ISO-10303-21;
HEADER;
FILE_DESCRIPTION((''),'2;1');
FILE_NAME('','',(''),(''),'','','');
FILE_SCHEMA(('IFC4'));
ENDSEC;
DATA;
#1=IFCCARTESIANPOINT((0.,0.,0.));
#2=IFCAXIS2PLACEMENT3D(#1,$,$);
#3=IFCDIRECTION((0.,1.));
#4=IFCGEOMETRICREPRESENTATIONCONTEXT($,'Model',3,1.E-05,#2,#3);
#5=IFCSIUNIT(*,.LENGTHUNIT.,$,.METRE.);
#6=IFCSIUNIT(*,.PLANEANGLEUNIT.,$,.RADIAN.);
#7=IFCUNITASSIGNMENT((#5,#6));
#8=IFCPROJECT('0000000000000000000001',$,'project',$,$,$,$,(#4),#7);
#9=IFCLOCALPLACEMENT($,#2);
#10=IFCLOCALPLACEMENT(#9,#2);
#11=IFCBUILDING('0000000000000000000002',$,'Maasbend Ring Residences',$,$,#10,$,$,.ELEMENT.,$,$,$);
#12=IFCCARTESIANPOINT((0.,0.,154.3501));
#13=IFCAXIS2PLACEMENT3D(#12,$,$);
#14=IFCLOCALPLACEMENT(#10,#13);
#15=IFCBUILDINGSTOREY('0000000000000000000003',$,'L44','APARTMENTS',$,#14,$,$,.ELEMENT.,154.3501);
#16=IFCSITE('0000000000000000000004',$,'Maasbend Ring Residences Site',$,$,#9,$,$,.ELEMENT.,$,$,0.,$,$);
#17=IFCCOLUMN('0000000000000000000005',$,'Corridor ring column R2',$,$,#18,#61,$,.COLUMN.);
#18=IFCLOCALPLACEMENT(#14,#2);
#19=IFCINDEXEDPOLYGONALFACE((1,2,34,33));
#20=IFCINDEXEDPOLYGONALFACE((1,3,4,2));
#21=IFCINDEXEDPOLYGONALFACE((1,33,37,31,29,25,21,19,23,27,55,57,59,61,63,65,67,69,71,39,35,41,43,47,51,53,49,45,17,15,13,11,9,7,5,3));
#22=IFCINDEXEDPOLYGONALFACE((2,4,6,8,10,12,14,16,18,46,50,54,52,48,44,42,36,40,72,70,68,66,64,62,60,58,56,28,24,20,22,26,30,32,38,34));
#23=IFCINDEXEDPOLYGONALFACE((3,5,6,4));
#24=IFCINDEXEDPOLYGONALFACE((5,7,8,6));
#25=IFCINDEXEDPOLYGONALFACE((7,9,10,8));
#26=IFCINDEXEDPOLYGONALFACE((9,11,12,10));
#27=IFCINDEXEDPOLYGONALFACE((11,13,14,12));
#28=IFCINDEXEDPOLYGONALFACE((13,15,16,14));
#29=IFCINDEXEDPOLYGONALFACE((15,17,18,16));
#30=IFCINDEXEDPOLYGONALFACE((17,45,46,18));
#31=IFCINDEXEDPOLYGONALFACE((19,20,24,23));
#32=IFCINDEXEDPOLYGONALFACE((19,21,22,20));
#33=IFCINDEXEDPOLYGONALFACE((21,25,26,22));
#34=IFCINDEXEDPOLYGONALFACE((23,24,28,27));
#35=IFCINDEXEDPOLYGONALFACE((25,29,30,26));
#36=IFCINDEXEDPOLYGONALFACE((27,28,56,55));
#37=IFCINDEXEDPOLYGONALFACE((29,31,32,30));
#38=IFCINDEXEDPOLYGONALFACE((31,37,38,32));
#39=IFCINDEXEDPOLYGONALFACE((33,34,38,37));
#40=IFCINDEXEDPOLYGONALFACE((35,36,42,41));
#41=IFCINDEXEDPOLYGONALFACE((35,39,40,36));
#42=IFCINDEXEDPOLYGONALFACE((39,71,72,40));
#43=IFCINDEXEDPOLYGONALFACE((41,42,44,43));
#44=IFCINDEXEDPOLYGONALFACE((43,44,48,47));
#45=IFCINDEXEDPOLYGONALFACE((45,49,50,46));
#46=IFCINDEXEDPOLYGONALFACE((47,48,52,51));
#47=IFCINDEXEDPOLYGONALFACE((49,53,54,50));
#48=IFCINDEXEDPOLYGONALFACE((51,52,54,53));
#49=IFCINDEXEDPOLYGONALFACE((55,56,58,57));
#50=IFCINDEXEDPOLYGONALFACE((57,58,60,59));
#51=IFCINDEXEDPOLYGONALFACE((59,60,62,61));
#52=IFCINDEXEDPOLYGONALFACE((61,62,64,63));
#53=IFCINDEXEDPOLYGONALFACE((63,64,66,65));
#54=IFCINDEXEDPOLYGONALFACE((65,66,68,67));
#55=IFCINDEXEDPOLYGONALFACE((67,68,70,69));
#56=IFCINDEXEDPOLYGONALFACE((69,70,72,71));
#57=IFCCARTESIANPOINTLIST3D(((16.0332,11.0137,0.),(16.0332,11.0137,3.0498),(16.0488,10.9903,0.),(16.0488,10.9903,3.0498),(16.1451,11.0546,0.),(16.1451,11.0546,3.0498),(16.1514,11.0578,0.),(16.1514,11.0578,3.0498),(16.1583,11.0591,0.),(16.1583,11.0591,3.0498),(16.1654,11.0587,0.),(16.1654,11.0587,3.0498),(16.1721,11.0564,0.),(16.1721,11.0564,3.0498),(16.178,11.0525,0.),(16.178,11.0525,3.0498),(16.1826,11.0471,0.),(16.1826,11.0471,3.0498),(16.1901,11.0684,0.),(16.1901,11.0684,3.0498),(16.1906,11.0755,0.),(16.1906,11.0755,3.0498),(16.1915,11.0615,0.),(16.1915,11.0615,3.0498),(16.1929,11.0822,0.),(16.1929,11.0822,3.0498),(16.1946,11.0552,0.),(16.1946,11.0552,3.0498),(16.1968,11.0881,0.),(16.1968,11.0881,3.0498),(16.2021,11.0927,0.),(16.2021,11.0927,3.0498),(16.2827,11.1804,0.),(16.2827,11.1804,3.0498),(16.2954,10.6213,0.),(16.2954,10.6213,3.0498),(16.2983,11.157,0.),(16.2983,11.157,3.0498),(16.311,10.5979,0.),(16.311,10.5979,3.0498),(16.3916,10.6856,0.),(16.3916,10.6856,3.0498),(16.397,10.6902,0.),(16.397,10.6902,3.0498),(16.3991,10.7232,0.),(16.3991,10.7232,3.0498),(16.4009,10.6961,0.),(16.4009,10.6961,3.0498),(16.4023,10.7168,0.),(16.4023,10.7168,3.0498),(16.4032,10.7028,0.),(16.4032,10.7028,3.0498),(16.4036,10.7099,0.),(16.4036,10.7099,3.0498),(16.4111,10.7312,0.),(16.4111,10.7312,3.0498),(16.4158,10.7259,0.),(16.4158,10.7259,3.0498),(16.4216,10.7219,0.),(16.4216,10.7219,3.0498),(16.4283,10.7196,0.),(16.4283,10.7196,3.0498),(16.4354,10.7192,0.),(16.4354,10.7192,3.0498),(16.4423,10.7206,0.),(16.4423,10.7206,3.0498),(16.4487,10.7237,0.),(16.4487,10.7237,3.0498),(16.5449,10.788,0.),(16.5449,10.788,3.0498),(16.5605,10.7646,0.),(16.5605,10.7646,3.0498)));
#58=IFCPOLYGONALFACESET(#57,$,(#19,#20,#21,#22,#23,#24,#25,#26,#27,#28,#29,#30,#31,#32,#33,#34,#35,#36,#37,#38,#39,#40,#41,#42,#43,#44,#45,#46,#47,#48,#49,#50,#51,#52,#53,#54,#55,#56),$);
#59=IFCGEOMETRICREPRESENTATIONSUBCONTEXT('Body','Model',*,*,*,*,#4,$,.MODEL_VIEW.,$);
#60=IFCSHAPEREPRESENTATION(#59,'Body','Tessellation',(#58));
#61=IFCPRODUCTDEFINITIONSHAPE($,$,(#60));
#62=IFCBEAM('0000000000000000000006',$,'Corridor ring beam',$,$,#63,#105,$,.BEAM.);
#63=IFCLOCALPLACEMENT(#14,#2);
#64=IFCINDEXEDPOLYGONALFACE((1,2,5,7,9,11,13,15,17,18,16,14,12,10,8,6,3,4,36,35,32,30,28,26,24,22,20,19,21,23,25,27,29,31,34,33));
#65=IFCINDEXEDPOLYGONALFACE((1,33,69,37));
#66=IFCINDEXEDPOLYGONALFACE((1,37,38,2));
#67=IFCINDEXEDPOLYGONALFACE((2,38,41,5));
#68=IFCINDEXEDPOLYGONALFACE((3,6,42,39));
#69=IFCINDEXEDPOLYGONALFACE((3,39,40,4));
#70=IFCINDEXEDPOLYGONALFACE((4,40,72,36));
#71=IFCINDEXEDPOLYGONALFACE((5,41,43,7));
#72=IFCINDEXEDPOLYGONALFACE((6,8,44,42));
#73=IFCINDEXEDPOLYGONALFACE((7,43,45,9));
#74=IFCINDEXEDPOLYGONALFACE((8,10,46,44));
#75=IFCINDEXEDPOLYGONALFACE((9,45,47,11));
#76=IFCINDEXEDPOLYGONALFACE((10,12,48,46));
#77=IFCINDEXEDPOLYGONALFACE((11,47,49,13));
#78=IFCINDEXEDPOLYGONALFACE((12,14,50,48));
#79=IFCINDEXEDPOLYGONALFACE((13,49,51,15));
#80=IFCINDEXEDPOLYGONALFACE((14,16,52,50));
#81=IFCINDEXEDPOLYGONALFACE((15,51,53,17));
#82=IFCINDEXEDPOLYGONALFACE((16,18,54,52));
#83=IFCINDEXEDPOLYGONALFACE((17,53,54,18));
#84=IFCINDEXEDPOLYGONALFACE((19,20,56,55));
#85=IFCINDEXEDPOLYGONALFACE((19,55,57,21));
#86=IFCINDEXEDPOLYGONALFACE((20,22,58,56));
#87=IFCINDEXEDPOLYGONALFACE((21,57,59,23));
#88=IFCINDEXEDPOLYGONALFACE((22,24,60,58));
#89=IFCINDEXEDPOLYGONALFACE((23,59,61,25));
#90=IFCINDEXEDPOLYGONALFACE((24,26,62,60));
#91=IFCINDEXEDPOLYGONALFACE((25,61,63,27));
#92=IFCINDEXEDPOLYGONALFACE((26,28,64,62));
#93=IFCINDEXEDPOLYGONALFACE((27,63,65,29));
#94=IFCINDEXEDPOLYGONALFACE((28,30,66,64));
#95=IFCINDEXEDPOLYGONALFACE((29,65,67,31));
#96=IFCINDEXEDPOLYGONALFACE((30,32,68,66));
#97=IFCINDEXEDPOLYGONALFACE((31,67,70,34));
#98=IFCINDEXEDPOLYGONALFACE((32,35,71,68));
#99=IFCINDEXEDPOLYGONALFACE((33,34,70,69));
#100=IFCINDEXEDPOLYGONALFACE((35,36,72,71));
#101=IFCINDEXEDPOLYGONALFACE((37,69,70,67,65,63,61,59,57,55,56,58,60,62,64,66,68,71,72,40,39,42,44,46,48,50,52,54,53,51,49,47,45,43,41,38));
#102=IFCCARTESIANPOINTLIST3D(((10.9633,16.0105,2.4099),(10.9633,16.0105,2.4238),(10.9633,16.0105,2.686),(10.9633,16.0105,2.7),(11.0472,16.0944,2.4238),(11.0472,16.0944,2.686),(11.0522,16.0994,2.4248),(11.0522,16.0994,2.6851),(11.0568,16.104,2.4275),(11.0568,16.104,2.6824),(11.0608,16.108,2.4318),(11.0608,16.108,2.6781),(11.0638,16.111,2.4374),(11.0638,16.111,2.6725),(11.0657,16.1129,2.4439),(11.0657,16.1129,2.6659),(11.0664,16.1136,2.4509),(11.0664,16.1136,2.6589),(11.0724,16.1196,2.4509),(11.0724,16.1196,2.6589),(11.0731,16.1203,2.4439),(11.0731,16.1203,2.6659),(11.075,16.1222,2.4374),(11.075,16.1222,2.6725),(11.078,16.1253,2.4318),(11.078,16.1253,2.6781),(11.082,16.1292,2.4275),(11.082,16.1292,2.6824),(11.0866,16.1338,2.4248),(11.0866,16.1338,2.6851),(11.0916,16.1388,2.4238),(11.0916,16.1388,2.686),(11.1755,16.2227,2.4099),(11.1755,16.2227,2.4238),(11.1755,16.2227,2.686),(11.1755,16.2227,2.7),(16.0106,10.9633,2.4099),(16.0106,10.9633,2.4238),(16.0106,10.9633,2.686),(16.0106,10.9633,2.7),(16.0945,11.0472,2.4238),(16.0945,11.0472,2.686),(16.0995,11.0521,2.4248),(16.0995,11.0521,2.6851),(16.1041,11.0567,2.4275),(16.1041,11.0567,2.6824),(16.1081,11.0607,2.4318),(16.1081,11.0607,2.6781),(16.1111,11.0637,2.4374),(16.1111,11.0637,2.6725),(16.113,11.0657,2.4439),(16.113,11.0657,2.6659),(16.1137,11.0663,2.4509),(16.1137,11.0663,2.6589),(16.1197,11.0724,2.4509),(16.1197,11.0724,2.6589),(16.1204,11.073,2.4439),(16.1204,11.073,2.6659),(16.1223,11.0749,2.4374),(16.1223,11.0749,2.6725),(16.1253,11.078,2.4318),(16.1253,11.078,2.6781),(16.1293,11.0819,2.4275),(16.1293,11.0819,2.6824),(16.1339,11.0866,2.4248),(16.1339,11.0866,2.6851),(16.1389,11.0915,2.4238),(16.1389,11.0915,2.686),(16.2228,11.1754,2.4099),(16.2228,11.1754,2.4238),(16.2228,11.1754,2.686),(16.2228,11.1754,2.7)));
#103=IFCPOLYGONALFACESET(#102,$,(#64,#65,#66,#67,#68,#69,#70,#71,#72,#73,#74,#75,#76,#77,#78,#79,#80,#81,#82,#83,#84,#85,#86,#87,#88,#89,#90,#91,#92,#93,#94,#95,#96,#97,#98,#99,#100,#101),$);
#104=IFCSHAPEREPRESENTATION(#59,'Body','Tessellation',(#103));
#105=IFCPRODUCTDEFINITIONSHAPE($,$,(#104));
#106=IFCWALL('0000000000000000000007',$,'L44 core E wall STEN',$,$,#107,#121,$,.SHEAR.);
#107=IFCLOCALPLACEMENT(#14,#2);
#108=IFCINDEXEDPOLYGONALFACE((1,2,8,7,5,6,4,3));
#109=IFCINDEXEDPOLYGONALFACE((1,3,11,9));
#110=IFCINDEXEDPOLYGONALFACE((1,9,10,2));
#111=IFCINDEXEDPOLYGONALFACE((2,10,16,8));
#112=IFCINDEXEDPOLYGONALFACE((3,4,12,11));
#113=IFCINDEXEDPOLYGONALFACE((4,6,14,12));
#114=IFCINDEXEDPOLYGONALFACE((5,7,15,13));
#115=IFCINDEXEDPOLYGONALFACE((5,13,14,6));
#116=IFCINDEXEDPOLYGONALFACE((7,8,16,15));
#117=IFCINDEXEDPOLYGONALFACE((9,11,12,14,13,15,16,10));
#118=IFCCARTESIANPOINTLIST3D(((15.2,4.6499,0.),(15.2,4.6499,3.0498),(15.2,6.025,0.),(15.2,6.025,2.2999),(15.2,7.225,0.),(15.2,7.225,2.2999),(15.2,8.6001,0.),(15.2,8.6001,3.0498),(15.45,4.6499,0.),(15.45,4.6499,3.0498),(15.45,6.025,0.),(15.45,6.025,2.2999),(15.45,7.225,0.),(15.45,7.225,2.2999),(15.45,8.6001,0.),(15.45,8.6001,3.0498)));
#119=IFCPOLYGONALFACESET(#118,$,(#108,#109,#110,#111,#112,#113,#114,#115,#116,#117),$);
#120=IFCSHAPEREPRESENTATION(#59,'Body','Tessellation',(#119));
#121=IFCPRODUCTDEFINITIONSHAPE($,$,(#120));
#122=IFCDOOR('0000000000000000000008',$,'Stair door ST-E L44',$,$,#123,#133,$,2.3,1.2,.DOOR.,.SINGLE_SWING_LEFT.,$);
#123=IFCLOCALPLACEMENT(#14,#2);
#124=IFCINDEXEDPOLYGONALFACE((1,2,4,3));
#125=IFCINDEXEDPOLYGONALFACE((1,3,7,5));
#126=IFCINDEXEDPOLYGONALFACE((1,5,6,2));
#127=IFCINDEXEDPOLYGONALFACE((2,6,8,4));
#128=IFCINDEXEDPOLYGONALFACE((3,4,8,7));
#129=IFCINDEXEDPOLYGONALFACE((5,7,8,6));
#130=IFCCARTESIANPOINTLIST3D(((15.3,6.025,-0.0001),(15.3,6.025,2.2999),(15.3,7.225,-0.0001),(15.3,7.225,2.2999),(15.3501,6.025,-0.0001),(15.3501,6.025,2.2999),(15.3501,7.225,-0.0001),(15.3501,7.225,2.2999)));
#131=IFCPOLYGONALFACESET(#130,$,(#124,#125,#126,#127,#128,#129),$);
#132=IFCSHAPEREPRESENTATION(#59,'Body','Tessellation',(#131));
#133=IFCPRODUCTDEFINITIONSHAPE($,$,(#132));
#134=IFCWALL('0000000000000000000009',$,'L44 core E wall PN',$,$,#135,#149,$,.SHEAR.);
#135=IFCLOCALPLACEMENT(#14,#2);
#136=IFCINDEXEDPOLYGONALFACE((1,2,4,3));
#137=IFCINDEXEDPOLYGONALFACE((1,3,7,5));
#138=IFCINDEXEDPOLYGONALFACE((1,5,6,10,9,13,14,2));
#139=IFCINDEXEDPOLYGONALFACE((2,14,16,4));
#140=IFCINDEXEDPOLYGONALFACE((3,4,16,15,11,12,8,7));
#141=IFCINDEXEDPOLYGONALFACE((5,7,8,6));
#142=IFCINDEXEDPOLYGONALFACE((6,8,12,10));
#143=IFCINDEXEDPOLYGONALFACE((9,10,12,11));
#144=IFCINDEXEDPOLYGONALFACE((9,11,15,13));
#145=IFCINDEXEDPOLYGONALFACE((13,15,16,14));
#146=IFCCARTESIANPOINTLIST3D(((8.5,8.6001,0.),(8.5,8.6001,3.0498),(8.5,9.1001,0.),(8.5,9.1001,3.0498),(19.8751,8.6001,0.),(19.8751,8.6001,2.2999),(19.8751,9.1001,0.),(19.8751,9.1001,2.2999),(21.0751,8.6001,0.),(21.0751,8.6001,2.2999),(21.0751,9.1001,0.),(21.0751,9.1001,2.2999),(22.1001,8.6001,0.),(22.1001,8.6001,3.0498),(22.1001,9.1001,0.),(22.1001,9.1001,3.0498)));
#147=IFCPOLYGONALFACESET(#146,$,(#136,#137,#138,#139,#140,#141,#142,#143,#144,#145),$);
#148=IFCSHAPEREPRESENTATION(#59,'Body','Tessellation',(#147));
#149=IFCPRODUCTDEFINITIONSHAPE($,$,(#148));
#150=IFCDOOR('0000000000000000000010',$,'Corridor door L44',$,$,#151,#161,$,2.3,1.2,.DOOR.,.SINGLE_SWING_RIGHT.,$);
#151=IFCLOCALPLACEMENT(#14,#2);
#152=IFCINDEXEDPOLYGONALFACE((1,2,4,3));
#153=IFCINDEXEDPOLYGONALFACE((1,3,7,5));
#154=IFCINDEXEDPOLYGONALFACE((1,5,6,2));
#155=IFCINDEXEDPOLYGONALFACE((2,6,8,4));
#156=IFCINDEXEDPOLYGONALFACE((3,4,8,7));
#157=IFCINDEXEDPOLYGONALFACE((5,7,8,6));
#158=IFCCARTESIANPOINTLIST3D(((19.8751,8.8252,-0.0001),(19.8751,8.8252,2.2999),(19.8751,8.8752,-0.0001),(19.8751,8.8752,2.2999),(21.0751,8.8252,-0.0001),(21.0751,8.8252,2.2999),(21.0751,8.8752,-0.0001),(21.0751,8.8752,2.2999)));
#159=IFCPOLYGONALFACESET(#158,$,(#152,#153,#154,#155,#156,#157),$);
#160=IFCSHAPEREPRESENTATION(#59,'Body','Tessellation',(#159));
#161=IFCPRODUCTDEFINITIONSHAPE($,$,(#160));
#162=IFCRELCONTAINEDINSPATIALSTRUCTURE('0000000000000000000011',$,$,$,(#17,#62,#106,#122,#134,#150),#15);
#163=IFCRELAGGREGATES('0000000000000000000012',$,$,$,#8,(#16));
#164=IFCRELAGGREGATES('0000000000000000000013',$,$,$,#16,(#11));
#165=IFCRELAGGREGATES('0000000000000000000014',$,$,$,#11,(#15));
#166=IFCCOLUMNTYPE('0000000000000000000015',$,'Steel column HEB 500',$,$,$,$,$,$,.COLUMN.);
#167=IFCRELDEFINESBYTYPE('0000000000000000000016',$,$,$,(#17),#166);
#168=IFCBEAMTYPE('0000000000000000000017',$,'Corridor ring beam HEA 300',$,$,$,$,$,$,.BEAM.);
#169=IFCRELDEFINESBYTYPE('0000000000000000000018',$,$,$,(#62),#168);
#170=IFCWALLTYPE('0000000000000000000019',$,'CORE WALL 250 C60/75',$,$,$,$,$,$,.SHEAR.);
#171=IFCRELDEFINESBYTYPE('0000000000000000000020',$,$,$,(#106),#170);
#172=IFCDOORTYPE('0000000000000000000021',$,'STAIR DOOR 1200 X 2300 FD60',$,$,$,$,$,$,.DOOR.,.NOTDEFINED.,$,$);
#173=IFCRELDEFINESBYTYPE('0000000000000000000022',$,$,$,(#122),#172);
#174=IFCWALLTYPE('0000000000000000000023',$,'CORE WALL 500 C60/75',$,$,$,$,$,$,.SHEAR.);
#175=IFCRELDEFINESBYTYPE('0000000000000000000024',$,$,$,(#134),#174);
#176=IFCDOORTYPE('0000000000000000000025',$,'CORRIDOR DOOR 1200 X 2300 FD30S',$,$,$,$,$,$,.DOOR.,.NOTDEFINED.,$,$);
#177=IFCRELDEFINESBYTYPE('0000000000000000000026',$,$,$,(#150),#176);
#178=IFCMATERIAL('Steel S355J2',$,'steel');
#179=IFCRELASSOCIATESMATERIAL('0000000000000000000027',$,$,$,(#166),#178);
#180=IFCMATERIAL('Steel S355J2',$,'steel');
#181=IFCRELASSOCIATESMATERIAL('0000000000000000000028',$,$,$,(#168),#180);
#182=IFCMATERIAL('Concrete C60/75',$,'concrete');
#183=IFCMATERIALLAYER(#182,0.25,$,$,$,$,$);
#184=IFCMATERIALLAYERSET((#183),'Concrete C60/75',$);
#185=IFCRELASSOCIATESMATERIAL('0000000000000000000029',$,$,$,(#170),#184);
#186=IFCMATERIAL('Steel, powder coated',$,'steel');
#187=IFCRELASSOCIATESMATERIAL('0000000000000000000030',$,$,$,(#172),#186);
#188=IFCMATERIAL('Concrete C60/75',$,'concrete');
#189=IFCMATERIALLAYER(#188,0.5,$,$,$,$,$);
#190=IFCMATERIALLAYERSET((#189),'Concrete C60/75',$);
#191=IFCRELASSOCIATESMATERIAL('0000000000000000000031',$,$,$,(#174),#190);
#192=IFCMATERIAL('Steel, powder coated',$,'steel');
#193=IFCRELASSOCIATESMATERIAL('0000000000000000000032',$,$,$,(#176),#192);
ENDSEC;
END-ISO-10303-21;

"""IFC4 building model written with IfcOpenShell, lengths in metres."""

from ifc_helpers import new_model, si_unit, direction, frame, frame_2d, origin, origin_2d, place, context, subcontext, project, spatial, rectangle, i_section, extrude, material, layer, layer_set, material_profile, profile_set, type_object, element, fill, save


model = new_model("IFC4")

# Units and contexts
model_context = context("Model", 3, precision=1e-05, world=origin(), true_north=direction((0.0, 1.0)))
body_context = subcontext(model_context, "Body", "Model", "MODEL_VIEW")
ifc_project = project(units=[si_unit("LENGTHUNIT", "METRE"), si_unit("PLANEANGLEUNIT", "RADIAN")], contexts=[model_context])

# Site, building, storey
site_placement = place(None, origin())
site = spatial("IfcSite", under=ifc_project, at=site_placement, Name="Maasbend Ring Residences Site", CompositionType="ELEMENT", RefElevation=0.0)
building_placement = place(site_placement, origin())
building = spatial("IfcBuilding", under=site, at=building_placement, Name="Maasbend Ring Residences", CompositionType="ELEMENT")
storey_placement = place(building_placement, frame((0.0, 0.0, 154.3501)))
storey = spatial("IfcBuildingStorey", under=building, at=storey_placement, Name="L44", Description="APARTMENTS", CompositionType="ELEMENT", Elevation=154.3501)

# Column
ifc_material_1 = material(Name="Steel S355J2", Category="steel")
ifc_material_profile_1 = material_profile(ifc_material_1, i_section(OverallWidth=0.3, OverallDepth=0.5, WebThickness=0.0144, FlangeThickness=0.0281, FilletRadius=0.0271, at=origin_2d()), Name="HEB 500")
ifc_profile_set_1 = profile_set([ifc_material_profile_1], Name="Steel S355J2")
column_type = type_object("IfcColumnType", Name="Steel column HEB 500", PredefinedType="COLUMN", material=ifc_profile_set_1)
column_placement = place(storey_placement, frame((16.2969, 10.8892, 0.0), z_axis=(0.0, 0.0, 1.0), x_axis=(0.83147, 0.55557, 0.0)))
element("IfcColumn", 1, at=column_placement, inside=storey, type_object=column_type, Name="Corridor ring column R2", PredefinedType="COLUMN", context=body_context, shape_type="SweptSolid", body=[
    extrude(i_section(OverallWidth=0.3, OverallDepth=0.5, WebThickness=0.0144, FlangeThickness=0.0281, FilletRadius=0.0271, at=origin_2d()), origin(), (0.0, 0.0, 1.0), 3.0498),
])

# Beam
ifc_material_2 = material(Name="Steel S355J2", Category="steel")
ifc_material_profile_2 = material_profile(ifc_material_2, i_section(OverallWidth=0.3, OverallDepth=0.29, WebThickness=0.0085, FlangeThickness=0.0139, FilletRadius=0.0271, at=origin_2d()), Name="HEA 300")
ifc_profile_set_2 = profile_set([ifc_material_profile_2], Name="Steel S355J2")
beam_type = type_object("IfcBeamType", Name="Corridor ring beam HEA 300", PredefinedType="BEAM", material=ifc_profile_set_2)
beam_placement = place(storey_placement, frame((16.1167, 11.0693, 2.5549), z_axis=(-0.707107, 0.707107, 0.0), x_axis=(-0.707107, -0.707107, 0.0)))
element("IfcBeam", 2, at=beam_placement, inside=storey, type_object=beam_type, Name="Corridor ring beam", PredefinedType="BEAM", context=body_context, shape_type="SweptSolid", body=[
    extrude(i_section(OverallWidth=0.3, OverallDepth=0.29, WebThickness=0.0085, FlangeThickness=0.0139, FilletRadius=0.0271, at=origin_2d()), origin(), (0.0, 0.0, 1.0), 7.1379),
])

# Walls, openings, doors
ifc_material_3 = material(Name="Concrete C60/75", Category="concrete")
ifc_layer_1 = layer(ifc_material_3, 0.25)
ifc_layer_set_1 = layer_set([ifc_layer_1], Name="Concrete C60/75")
wall_type_1 = type_object("IfcWallType", Name="CORE WALL 250 C60/75", PredefinedType="SHEAR", material=ifc_layer_set_1)
wall_1_placement = place(storey_placement, frame((15.325, 4.6499, 0.0), z_axis=(0.0, 0.0, 1.0), x_axis=(0.0, 1.0, 0.0)))
wall_1 = element("IfcWall", 3, at=wall_1_placement, inside=storey, type_object=wall_type_1, Name="L44 core E wall STEN", PredefinedType="SHEAR", context=body_context, shape_type="SweptSolid", body=[
    extrude(rectangle(XDim=3.9502, YDim=0.25, at=frame_2d((1.9751, 0.0))), origin(), (0.0, 0.0, 1.0), 3.0498),
])
opening_1_placement = place(wall_1_placement, frame((1.375, 0.0, 0.0)))
opening_1 = element("IfcOpeningElement", 4, at=opening_1_placement, cuts=wall_1, PredefinedType="OPENING", context=body_context, shape_type="SweptSolid", body=[
    extrude(rectangle(XDim=1.2, YDim=2.3, at=frame_2d((0.6001, 1.1499))), frame((0.0, 0.135, 0.0), z_axis=(0.0, -1.0, 0.0), x_axis=(1.0, 0.0, 0.0)), (0.0, 0.0, 1.0), 0.27),
])
ifc_material_4 = material(Name="Steel, powder coated", Category="steel")
door_type_1 = type_object("IfcDoorType", Name="STAIR DOOR 1200 X 2300 FD60", OperationType="NOTDEFINED", PredefinedType="DOOR", material=ifc_material_4)
door_1_placement = place(opening_1_placement, origin())
door_1 = element("IfcDoor", 5, at=door_1_placement, inside=storey, type_object=door_type_1, Name="Stair door ST-E L44", OperationType="SINGLE_SWING_LEFT", OverallHeight=2.3, OverallWidth=1.2, PredefinedType="DOOR", context=body_context, shape_type="SweptSolid", body=[
    extrude(rectangle(XDim=1.2, YDim=2.3, at=frame_2d((0.6001, 1.1499))), frame((0.0, 0.0249, 0.0), z_axis=(0.0, -1.0, 0.0), x_axis=(1.0, 0.0, 0.0)), (0.0, 0.0, 1.0), 0.05),
])
fill(opening_1, door_1)
ifc_material_5 = material(Name="Concrete C60/75", Category="concrete")
ifc_layer_2 = layer(ifc_material_5, 0.5)
ifc_layer_set_2 = layer_set([ifc_layer_2], Name="Concrete C60/75")
wall_type_2 = type_object("IfcWallType", Name="CORE WALL 500 C60/75", PredefinedType="SHEAR", material=ifc_layer_set_2)
wall_2_placement = place(storey_placement, frame((22.1001, 8.8501, 0.0), z_axis=(0.0, 0.0, 1.0), x_axis=(-1.0, 0.0, 0.0)))
wall_2 = element("IfcWall", 6, at=wall_2_placement, inside=storey, type_object=wall_type_2, Name="L44 core E wall PN", PredefinedType="SHEAR", context=body_context, shape_type="SweptSolid", body=[
    extrude(rectangle(XDim=13.6001, YDim=0.5, at=frame_2d((6.8, 0.0))), origin(), (0.0, 0.0, 1.0), 3.0498),
])
opening_2_placement = place(wall_2_placement, frame((1.0249, 0.0, 0.0)))
opening_2 = element("IfcOpeningElement", 7, at=opening_2_placement, cuts=wall_2, PredefinedType="OPENING", context=body_context, shape_type="SweptSolid", body=[
    extrude(rectangle(XDim=1.2, YDim=2.3, at=frame_2d((0.6001, 1.1499))), frame((0.0, 0.26, 0.0), z_axis=(0.0, -1.0, 0.0), x_axis=(1.0, 0.0, 0.0)), (0.0, 0.0, 1.0), 0.52),
])
ifc_material_6 = material(Name="Steel, powder coated", Category="steel")
door_type_2 = type_object("IfcDoorType", Name="CORRIDOR DOOR 1200 X 2300 FD30S", OperationType="NOTDEFINED", PredefinedType="DOOR", material=ifc_material_6)
door_2_placement = place(opening_2_placement, origin())
door_2 = element("IfcDoor", 8, at=door_2_placement, inside=storey, type_object=door_type_2, Name="Corridor door L44", OperationType="SINGLE_SWING_RIGHT", OverallHeight=2.3, OverallWidth=1.2, PredefinedType="DOOR", context=body_context, shape_type="SweptSolid", body=[
    extrude(rectangle(XDim=1.2, YDim=2.3, at=frame_2d((0.6001, 1.1499))), frame((0.0, 0.0249, 0.0), z_axis=(0.0, -1.0, 0.0), x_axis=(1.0, 0.0, 0.0)), (0.0, 0.0, 1.0), 0.05),
])
fill(opening_2, door_2)

save(model, "model.ifc")
